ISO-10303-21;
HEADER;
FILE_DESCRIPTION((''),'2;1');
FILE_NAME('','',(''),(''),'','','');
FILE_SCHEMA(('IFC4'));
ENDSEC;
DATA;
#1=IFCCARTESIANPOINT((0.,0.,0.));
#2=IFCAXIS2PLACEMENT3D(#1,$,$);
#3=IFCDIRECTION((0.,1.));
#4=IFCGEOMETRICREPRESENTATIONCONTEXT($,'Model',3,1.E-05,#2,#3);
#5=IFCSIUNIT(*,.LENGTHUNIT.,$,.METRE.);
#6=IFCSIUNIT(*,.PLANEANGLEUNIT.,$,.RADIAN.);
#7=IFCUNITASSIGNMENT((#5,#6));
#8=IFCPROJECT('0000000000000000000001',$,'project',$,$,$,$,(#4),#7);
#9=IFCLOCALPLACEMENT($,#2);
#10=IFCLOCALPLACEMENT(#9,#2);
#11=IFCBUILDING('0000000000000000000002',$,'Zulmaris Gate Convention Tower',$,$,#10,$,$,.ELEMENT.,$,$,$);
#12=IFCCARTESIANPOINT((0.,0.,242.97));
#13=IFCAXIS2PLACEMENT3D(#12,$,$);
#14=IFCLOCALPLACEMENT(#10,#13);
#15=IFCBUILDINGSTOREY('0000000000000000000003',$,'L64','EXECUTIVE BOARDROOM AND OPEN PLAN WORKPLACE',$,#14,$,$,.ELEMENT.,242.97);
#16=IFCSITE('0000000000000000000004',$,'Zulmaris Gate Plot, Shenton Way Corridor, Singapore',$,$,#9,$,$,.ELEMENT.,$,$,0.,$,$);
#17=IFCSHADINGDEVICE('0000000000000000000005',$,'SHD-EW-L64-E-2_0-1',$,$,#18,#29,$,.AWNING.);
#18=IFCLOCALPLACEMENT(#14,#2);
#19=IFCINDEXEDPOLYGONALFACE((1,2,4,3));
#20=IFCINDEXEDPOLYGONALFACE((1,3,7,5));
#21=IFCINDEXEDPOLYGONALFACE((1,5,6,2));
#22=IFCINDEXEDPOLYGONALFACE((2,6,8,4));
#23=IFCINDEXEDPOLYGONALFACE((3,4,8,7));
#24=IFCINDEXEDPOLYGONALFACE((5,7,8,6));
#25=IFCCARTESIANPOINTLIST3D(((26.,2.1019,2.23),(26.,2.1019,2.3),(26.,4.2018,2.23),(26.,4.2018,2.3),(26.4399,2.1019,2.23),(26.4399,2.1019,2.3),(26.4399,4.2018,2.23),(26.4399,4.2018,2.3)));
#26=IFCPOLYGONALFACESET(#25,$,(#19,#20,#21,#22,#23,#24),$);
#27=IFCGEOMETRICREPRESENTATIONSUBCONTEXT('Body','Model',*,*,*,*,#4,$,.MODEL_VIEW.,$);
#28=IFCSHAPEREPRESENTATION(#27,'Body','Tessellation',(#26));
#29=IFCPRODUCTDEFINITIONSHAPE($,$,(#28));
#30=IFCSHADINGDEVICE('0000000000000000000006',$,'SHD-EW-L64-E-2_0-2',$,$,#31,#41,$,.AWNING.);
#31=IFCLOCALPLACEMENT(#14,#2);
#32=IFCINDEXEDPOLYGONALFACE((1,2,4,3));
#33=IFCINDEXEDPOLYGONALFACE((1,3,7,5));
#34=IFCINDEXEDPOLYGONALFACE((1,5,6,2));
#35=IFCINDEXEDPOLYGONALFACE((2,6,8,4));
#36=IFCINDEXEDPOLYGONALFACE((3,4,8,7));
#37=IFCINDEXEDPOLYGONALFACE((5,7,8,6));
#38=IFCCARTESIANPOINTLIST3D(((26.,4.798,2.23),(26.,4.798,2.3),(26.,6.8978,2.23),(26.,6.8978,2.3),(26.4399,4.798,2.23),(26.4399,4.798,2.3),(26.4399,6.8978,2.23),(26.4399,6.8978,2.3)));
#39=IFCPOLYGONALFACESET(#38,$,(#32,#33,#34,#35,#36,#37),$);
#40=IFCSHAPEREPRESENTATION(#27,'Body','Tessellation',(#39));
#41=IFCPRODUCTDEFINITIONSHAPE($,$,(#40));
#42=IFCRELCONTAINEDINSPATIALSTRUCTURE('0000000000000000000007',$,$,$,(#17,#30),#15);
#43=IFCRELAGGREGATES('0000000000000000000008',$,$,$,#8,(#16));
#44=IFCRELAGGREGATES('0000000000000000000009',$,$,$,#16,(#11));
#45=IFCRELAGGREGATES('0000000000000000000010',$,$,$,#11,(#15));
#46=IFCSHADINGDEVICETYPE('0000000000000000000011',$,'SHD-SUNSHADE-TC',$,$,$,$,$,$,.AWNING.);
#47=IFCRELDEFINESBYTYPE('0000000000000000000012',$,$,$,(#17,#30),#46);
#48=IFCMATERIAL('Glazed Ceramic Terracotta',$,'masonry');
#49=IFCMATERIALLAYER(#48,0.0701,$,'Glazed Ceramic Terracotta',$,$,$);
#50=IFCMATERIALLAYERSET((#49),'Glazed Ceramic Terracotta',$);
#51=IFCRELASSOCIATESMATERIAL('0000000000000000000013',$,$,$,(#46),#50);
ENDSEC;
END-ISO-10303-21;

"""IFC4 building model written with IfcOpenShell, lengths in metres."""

from ifc_helpers import new_model, si_unit, direction, frame, frame_2d, origin, place, context, subcontext, project, spatial, rectangle, extrude, material, layer, layer_set, type_object, element, save


model = new_model("IFC4")

# Units and contexts
model_context = context("Model", 3, precision=1e-05, world=origin(), true_north=direction((0.0, 1.0)))
body_context = subcontext(model_context, "Body", "Model", "MODEL_VIEW")
ifc_project = project(units=[si_unit("LENGTHUNIT", "METRE"), si_unit("PLANEANGLEUNIT", "RADIAN")], contexts=[model_context])

# Site, building, storey
site_placement = place(None, origin())
site = spatial("IfcSite", under=ifc_project, at=site_placement, Name="Zulmaris Gate Plot, Shenton Way Corridor, Singapore", CompositionType="ELEMENT", RefElevation=0.0)
building_placement = place(site_placement, origin())
building = spatial("IfcBuilding", under=site, at=building_placement, Name="Zulmaris Gate Convention Tower", CompositionType="ELEMENT")
storey_placement = place(building_placement, frame((0.0, 0.0, 242.97)))
storey = spatial("IfcBuildingStorey", under=building, at=storey_placement, Name="L64", Description="EXECUTIVE BOARDROOM AND OPEN PLAN WORKPLACE", CompositionType="ELEMENT", Elevation=242.97)

# Shading devices
ifc_material_1 = material(Name="Glazed Ceramic Terracotta", Category="masonry")
ifc_layer_1 = layer(ifc_material_1, 0.0701, Name="Glazed Ceramic Terracotta")
ifc_layer_set_1 = layer_set([ifc_layer_1], Name="Glazed Ceramic Terracotta")
shading_device_type = type_object("IfcShadingDeviceType", Name="SHD-SUNSHADE-TC", PredefinedType="AWNING", material=ifc_layer_set_1)
for number, where, z_axis, x_axis, name in (
    (1, (26.22, 2.1021, 2.23), (0.0, 0.0, 1.0), (0.0, 1.0, 0.0), "SHD-EW-L64-E-2_0-1"),
    (2, (26.22, 4.7981, 2.23), (0.0, 0.0, 1.0), (0.0, 1.0, 0.0), "SHD-EW-L64-E-2_0-2"),
):
    element("IfcShadingDevice", number, at=place(storey_placement, frame(where, z_axis=z_axis, x_axis=x_axis)), inside=storey, type_object=shading_device_type, Name=name, PredefinedType="AWNING", context=body_context, shape_type="SweptSolid", body=[
        extrude(rectangle(XDim=2.0999, YDim=0.4399, at=frame_2d((1.0498, 0.0))), origin(), (0.0, 0.0, 1.0), 0.0701),
    ])

save(model, "model.ifc")
